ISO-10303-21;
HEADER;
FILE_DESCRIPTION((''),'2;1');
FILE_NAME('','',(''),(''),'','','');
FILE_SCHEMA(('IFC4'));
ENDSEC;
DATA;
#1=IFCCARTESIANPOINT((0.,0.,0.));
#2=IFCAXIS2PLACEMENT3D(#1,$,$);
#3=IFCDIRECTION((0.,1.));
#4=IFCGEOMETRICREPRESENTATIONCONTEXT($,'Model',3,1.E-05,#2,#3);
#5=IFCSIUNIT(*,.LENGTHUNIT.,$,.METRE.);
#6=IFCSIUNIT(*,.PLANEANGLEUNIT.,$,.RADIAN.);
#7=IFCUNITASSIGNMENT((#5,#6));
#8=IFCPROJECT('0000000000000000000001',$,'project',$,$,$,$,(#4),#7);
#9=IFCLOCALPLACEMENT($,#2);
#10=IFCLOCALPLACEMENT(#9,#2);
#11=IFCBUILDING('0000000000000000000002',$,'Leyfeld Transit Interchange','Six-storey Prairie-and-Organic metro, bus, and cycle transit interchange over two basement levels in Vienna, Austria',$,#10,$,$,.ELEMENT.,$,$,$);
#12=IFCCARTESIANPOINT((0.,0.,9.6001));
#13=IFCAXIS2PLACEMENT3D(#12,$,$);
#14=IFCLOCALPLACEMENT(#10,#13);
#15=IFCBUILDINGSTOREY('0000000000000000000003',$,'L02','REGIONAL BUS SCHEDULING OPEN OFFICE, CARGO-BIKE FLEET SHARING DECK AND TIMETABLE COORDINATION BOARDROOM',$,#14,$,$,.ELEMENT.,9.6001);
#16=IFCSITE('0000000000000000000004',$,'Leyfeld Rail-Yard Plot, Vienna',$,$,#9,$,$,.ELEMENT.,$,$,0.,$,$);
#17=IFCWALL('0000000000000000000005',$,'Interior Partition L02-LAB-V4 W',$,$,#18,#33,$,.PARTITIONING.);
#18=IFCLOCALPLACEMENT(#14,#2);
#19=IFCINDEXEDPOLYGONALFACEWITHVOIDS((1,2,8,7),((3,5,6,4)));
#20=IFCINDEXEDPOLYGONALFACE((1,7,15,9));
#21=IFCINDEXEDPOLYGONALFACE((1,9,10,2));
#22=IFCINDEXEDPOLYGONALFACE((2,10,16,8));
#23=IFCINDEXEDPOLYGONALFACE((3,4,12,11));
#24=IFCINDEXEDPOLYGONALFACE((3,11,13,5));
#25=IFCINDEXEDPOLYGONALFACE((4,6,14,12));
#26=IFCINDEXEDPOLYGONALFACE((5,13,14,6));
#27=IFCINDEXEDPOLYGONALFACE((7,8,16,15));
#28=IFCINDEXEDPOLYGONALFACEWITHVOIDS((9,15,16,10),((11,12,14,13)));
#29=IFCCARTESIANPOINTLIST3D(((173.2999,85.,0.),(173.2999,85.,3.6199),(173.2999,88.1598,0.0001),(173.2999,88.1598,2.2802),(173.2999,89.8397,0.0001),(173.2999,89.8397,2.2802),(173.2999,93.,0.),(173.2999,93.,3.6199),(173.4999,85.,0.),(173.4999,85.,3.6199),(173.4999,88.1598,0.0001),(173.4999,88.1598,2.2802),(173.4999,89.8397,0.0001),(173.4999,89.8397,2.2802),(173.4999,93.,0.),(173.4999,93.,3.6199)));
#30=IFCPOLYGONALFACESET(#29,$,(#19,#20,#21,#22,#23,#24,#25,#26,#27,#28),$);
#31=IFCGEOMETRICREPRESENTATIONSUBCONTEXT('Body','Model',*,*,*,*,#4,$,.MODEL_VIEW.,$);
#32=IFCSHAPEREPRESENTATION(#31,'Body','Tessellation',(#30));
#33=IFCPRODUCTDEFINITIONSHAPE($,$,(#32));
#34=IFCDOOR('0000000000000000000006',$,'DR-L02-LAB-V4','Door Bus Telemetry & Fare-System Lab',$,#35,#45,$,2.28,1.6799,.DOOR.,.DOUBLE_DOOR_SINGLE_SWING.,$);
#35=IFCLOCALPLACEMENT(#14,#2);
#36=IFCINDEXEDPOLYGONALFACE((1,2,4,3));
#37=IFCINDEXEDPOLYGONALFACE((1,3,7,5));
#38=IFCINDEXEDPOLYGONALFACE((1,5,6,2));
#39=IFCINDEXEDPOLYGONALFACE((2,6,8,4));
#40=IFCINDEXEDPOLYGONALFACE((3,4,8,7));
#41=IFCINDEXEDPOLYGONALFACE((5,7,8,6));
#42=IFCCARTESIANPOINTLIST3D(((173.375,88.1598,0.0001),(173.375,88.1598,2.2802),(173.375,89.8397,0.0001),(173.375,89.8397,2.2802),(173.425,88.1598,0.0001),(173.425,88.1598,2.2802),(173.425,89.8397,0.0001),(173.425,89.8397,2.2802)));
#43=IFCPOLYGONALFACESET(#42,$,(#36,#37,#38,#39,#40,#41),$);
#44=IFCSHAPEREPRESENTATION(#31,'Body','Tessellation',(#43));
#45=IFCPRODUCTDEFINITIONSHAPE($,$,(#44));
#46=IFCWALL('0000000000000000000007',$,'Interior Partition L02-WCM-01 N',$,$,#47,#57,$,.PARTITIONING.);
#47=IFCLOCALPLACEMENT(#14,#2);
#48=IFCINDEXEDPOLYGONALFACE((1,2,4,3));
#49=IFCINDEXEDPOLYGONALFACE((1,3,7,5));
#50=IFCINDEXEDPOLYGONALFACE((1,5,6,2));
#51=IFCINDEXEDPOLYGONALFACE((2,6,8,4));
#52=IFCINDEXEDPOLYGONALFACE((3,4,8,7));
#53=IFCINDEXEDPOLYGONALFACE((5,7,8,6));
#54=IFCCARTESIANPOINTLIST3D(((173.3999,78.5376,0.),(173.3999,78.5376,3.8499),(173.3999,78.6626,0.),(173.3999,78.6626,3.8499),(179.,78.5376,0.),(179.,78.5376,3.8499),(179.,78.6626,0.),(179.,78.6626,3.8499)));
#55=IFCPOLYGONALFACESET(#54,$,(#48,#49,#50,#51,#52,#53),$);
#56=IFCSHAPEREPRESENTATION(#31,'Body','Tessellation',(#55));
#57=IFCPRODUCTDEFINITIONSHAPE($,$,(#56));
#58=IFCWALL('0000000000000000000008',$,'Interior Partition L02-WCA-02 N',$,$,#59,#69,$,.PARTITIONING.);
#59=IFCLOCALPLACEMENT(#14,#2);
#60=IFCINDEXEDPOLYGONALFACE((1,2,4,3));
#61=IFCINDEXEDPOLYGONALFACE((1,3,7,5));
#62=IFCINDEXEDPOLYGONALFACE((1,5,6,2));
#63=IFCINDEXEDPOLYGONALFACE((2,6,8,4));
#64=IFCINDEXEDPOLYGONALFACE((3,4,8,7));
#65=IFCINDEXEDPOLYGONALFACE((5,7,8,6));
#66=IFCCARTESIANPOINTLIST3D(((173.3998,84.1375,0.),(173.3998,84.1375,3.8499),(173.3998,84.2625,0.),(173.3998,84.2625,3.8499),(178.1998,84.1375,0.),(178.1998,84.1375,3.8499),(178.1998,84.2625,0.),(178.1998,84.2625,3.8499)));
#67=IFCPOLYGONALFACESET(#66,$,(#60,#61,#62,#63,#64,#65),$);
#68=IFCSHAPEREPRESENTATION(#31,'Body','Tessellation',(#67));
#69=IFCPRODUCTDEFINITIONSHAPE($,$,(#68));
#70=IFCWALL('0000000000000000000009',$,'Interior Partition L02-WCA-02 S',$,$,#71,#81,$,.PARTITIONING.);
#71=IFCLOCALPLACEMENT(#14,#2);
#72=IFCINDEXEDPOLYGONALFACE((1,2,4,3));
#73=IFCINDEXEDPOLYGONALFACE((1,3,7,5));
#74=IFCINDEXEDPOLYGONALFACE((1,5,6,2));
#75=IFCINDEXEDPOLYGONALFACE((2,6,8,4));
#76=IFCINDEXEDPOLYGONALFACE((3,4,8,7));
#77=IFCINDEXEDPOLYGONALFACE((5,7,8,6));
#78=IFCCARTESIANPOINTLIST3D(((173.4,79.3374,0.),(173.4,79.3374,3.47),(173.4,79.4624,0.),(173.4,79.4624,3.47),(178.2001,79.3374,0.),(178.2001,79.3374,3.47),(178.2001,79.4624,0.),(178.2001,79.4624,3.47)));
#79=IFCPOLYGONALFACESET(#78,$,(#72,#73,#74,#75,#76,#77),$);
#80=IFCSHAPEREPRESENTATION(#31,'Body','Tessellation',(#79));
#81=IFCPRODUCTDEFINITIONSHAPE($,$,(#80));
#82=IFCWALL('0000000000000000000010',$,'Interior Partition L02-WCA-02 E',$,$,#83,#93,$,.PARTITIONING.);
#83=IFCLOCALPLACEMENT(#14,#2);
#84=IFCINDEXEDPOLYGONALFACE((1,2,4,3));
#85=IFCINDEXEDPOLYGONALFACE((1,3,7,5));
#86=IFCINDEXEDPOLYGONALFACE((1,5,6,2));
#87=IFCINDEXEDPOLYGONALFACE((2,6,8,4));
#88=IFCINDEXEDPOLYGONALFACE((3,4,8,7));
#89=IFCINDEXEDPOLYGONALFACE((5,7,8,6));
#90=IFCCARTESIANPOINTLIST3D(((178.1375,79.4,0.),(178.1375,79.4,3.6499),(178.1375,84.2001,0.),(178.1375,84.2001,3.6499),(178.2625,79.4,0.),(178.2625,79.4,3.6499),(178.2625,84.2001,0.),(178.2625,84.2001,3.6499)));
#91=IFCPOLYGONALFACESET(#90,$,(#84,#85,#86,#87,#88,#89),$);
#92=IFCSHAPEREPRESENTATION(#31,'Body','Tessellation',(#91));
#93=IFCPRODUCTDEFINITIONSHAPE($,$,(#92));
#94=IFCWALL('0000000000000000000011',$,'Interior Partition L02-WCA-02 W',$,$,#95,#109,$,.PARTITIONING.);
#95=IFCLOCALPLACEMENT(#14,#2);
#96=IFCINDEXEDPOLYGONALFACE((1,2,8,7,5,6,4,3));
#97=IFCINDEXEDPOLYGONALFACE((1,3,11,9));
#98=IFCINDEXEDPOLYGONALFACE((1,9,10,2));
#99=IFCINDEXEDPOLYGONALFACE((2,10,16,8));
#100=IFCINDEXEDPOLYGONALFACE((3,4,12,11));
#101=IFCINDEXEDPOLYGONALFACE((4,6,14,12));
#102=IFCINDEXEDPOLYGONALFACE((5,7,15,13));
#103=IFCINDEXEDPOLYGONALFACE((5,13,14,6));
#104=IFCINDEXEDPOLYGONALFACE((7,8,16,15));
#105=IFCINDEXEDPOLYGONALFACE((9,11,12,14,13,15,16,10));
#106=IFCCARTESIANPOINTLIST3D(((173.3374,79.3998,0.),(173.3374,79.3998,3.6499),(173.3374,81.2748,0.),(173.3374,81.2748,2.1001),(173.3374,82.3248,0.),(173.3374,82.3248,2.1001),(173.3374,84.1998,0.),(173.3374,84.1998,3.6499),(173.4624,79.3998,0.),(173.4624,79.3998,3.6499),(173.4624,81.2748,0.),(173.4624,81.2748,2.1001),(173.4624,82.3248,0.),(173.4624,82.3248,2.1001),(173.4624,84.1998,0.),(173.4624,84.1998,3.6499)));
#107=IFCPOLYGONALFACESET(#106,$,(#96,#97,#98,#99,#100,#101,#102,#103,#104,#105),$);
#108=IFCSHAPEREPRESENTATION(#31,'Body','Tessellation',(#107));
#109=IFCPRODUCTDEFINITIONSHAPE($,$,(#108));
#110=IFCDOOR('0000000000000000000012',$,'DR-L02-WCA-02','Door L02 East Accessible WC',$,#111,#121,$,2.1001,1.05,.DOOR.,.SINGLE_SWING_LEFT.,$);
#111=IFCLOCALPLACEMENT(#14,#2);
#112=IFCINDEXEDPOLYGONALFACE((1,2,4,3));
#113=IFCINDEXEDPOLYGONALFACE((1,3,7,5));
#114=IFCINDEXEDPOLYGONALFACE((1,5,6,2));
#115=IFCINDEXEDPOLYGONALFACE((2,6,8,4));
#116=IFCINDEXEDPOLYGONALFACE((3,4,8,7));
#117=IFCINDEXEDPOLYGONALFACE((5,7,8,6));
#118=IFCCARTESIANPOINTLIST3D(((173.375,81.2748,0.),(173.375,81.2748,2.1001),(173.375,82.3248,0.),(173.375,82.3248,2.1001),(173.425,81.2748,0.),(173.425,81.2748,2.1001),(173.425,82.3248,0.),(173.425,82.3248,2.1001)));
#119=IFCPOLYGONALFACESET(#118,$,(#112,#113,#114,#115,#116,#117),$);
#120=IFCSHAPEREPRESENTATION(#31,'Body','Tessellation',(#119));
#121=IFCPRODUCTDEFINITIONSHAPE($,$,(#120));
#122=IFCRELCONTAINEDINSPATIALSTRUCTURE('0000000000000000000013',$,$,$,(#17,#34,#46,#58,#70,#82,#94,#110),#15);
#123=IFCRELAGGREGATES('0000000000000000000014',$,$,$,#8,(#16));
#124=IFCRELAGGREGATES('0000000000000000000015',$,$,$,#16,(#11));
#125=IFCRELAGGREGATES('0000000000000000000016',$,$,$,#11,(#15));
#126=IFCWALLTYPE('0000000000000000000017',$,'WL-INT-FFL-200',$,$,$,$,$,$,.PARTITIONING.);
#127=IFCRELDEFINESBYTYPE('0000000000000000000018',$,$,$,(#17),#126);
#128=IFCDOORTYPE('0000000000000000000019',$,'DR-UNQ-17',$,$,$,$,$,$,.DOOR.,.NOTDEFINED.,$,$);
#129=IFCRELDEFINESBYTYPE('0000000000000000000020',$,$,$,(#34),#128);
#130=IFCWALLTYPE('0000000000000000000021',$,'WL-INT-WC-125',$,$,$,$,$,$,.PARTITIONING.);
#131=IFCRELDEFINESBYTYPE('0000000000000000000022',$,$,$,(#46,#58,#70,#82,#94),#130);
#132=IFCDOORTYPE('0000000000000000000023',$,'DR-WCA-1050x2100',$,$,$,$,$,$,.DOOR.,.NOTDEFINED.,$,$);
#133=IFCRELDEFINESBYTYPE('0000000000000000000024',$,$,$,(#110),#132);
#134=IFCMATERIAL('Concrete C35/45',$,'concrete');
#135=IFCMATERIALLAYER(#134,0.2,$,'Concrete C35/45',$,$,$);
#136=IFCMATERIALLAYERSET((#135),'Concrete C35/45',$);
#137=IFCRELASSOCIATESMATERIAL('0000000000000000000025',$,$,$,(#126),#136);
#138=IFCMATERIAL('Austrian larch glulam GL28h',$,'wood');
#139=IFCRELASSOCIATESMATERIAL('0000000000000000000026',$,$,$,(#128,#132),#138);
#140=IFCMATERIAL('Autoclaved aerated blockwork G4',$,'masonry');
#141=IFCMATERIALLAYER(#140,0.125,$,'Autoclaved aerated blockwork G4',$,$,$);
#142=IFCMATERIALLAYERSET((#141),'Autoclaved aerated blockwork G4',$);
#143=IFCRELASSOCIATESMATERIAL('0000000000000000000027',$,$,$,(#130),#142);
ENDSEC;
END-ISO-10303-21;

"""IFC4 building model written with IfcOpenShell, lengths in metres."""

from ifc_helpers import new_model, si_unit, direction, frame, frame_2d, origin, place, context, subcontext, project, spatial, rectangle, extrude, material, layer, layer_set, type_object, element, fill, save


model = new_model("IFC4")

# Units and contexts
model_context = context("Model", 3, precision=1e-05, world=origin(), true_north=direction((0.0, 1.0)))
body_context = subcontext(model_context, "Body", "Model", "MODEL_VIEW")
ifc_project = project(units=[si_unit("LENGTHUNIT", "METRE"), si_unit("PLANEANGLEUNIT", "RADIAN")], contexts=[model_context])

# Site, building, storey
site_placement = place(None, origin())
site = spatial("IfcSite", under=ifc_project, at=site_placement, Name="Leyfeld Rail-Yard Plot, Vienna", CompositionType="ELEMENT", RefElevation=0.0)
building_placement = place(site_placement, origin())
building = spatial("IfcBuilding", under=site, at=building_placement, Name="Leyfeld Transit Interchange", Description="Six-storey Prairie-and-Organic metro, bus, and cycle transit interchange over two basement levels in Vienna, Austria", CompositionType="ELEMENT")
storey_placement = place(building_placement, frame((0.0, 0.0, 9.6001)))
storey = spatial("IfcBuildingStorey", under=building, at=storey_placement, Name="L02", Description="REGIONAL BUS SCHEDULING OPEN OFFICE, CARGO-BIKE FLEET SHARING DECK AND TIMETABLE COORDINATION BOARDROOM", CompositionType="ELEMENT", Elevation=9.6001)

# Shared definitions
ifc_material_1 = material(Name="Concrete C35/45", Category="concrete")

# Shared definitions
ifc_layer_1 = layer(ifc_material_1, 0.2, Name="Concrete C35/45")
ifc_layer_set_1 = layer_set([ifc_layer_1], Name="Concrete C35/45")
wall_type_1 = type_object("IfcWallType", Name="WL-INT-FFL-200", PredefinedType="PARTITIONING", material=ifc_layer_set_1)

# Wall, opening, door
wall_1_placement = place(storey_placement, frame((173.3999, 85.0, 0.0), z_axis=(0.0, 0.0, 1.0), x_axis=(0.0, 1.0, 0.0)))
wall_1 = element("IfcWall", 1, at=wall_1_placement, inside=storey, type_object=wall_type_1, Name="Interior Partition L02-LAB-V4 W", PredefinedType="PARTITIONING", context=body_context, shape_type="SweptSolid", body=[
    extrude(rectangle(XDim=8.0, YDim=0.2, at=frame_2d((4.0, 0.0))), origin(), (0.0, 0.0, 1.0), 3.6199),
])
opening_1_placement = place(wall_1_placement, frame((3.1599, 0.0, 0.0)))
opening_1 = element("IfcOpeningElement", 2, at=opening_1_placement, cuts=wall_1, PredefinedType="OPENING", context=body_context, shape_type="SweptSolid", body=[
    extrude(rectangle(XDim=1.6799, YDim=2.28, at=frame_2d((0.8398, 1.1401))), frame((0.0, 0.1099, 0.0), z_axis=(0.0, -1.0, 0.0), x_axis=(1.0, 0.0, 0.0)), (0.0, 0.0, 1.0), 0.22),
])
ifc_material_2 = material(Name="Austrian larch glulam GL28h", Category="wood")
door_type_1 = type_object("IfcDoorType", Name="DR-UNQ-17", OperationType="NOTDEFINED", PredefinedType="DOOR", material=ifc_material_2)
door_1_placement = place(opening_1_placement, origin())
door_1 = element("IfcDoor", 3, at=door_1_placement, inside=storey, type_object=door_type_1, Name="DR-L02-LAB-V4", Description="Door Bus Telemetry & Fare-System Lab", OperationType="DOUBLE_DOOR_SINGLE_SWING", OverallHeight=2.28, OverallWidth=1.6799, PredefinedType="DOOR", context=body_context, shape_type="SweptSolid", body=[
    extrude(rectangle(XDim=1.6799, YDim=2.28, at=frame_2d((0.8398, 1.1401))), frame((0.0, 0.0249, 0.0), z_axis=(0.0, -1.0, 0.0), x_axis=(1.0, 0.0, 0.0)), (0.0, 0.0, 1.0), 0.05),
])
fill(opening_1, door_1)

# Walls
ifc_material_3 = material(Name="Autoclaved aerated blockwork G4", Category="masonry")
ifc_layer_2 = layer(ifc_material_3, 0.125, Name="Autoclaved aerated blockwork G4")
ifc_layer_set_2 = layer_set([ifc_layer_2], Name="Autoclaved aerated blockwork G4")
wall_type_2 = type_object("IfcWallType", Name="WL-INT-WC-125", PredefinedType="PARTITIONING", material=ifc_layer_set_2)
wall_2_placement = place(storey_placement, frame((173.3999, 78.6001, 0.0), z_axis=(0.0, 0.0, 1.0), x_axis=(1.0, 0.0, 0.0)))
element("IfcWall", 4, at=wall_2_placement, inside=storey, type_object=wall_type_2, Name="Interior Partition L02-WCM-01 N", PredefinedType="PARTITIONING", context=body_context, shape_type="SweptSolid", body=[
    extrude(rectangle(XDim=5.6001, YDim=0.125, at=frame_2d((2.8, 0.0))), origin(), (0.0, 0.0, 1.0), 3.8499),
])
wall_3_placement = place(storey_placement, frame((173.3999, 84.2, 0.0), z_axis=(0.0, 0.0, 1.0), x_axis=(1.0, 0.0, 0.0)))
element("IfcWall", 5, at=wall_3_placement, inside=storey, type_object=wall_type_2, Name="Interior Partition L02-WCA-02 N", PredefinedType="PARTITIONING", context=body_context, shape_type="SweptSolid", body=[
    extrude(rectangle(XDim=4.8, YDim=0.125, at=frame_2d((2.3999, 0.0))), origin(), (0.0, 0.0, 1.0), 3.8499),
])
wall_4_placement = place(storey_placement, frame((178.2, 79.3999, 0.0), z_axis=(0.0, 0.0, 1.0), x_axis=(-1.0, 0.0, 0.0)))
element("IfcWall", 6, at=wall_4_placement, inside=storey, type_object=wall_type_2, Name="Interior Partition L02-WCA-02 S", PredefinedType="PARTITIONING", context=body_context, shape_type="SweptSolid", body=[
    extrude(rectangle(XDim=4.8, YDim=0.125, at=frame_2d((2.3999, 0.0))), origin(), (0.0, 0.0, 1.0), 3.47),
])
wall_5_placement = place(storey_placement, frame((178.2, 84.2, 0.0), z_axis=(0.0, 0.0, 1.0), x_axis=(0.0, -1.0, 0.0)))
element("IfcWall", 7, at=wall_5_placement, inside=storey, type_object=wall_type_2, Name="Interior Partition L02-WCA-02 E", PredefinedType="PARTITIONING", context=body_context, shape_type="SweptSolid", body=[
    extrude(rectangle(XDim=4.8, YDim=0.125, at=frame_2d((2.3999, 0.0))), origin(), (0.0, 0.0, 1.0), 3.6499),
])

# Wall, opening, door
wall_6_placement = place(storey_placement, frame((173.3999, 79.3999, 0.0), z_axis=(0.0, 0.0, 1.0), x_axis=(0.0, 1.0, 0.0)))
wall_6 = element("IfcWall", 8, at=wall_6_placement, inside=storey, type_object=wall_type_2, Name="Interior Partition L02-WCA-02 W", PredefinedType="PARTITIONING", context=body_context, shape_type="SweptSolid", body=[
    extrude(rectangle(XDim=4.8, YDim=0.125, at=frame_2d((2.3999, 0.0))), origin(), (0.0, 0.0, 1.0), 3.6499),
])
opening_2_placement = place(wall_6_placement, frame((1.875, 0.0, 0.0)))
opening_2 = element("IfcOpeningElement", 9, at=opening_2_placement, cuts=wall_6, PredefinedType="OPENING", context=body_context, shape_type="SweptSolid", body=[
    extrude(rectangle(XDim=1.05, YDim=2.1001, at=frame_2d((0.5249, 1.05))), frame((0.0, 0.0725, 0.0), z_axis=(0.0, -1.0, 0.0), x_axis=(1.0, 0.0, 0.0)), (0.0, 0.0, 1.0), 0.145),
])
door_type_2 = type_object("IfcDoorType", Name="DR-WCA-1050x2100", OperationType="NOTDEFINED", PredefinedType="DOOR", material=ifc_material_2)
door_2_placement = place(opening_2_placement, origin())
door_2 = element("IfcDoor", 10, at=door_2_placement, inside=storey, type_object=door_type_2, Name="DR-L02-WCA-02", Description="Door L02 East Accessible WC", OperationType="SINGLE_SWING_LEFT", OverallHeight=2.1001, OverallWidth=1.05, PredefinedType="DOOR", context=body_context, shape_type="SweptSolid", body=[
    extrude(rectangle(XDim=1.05, YDim=2.1001, at=frame_2d((0.5249, 1.05))), frame((0.0, 0.0249, 0.0), z_axis=(0.0, -1.0, 0.0), x_axis=(1.0, 0.0, 0.0)), (0.0, 0.0, 1.0), 0.05),
])
fill(opening_2, door_2)

save(model, "model.ifc")
